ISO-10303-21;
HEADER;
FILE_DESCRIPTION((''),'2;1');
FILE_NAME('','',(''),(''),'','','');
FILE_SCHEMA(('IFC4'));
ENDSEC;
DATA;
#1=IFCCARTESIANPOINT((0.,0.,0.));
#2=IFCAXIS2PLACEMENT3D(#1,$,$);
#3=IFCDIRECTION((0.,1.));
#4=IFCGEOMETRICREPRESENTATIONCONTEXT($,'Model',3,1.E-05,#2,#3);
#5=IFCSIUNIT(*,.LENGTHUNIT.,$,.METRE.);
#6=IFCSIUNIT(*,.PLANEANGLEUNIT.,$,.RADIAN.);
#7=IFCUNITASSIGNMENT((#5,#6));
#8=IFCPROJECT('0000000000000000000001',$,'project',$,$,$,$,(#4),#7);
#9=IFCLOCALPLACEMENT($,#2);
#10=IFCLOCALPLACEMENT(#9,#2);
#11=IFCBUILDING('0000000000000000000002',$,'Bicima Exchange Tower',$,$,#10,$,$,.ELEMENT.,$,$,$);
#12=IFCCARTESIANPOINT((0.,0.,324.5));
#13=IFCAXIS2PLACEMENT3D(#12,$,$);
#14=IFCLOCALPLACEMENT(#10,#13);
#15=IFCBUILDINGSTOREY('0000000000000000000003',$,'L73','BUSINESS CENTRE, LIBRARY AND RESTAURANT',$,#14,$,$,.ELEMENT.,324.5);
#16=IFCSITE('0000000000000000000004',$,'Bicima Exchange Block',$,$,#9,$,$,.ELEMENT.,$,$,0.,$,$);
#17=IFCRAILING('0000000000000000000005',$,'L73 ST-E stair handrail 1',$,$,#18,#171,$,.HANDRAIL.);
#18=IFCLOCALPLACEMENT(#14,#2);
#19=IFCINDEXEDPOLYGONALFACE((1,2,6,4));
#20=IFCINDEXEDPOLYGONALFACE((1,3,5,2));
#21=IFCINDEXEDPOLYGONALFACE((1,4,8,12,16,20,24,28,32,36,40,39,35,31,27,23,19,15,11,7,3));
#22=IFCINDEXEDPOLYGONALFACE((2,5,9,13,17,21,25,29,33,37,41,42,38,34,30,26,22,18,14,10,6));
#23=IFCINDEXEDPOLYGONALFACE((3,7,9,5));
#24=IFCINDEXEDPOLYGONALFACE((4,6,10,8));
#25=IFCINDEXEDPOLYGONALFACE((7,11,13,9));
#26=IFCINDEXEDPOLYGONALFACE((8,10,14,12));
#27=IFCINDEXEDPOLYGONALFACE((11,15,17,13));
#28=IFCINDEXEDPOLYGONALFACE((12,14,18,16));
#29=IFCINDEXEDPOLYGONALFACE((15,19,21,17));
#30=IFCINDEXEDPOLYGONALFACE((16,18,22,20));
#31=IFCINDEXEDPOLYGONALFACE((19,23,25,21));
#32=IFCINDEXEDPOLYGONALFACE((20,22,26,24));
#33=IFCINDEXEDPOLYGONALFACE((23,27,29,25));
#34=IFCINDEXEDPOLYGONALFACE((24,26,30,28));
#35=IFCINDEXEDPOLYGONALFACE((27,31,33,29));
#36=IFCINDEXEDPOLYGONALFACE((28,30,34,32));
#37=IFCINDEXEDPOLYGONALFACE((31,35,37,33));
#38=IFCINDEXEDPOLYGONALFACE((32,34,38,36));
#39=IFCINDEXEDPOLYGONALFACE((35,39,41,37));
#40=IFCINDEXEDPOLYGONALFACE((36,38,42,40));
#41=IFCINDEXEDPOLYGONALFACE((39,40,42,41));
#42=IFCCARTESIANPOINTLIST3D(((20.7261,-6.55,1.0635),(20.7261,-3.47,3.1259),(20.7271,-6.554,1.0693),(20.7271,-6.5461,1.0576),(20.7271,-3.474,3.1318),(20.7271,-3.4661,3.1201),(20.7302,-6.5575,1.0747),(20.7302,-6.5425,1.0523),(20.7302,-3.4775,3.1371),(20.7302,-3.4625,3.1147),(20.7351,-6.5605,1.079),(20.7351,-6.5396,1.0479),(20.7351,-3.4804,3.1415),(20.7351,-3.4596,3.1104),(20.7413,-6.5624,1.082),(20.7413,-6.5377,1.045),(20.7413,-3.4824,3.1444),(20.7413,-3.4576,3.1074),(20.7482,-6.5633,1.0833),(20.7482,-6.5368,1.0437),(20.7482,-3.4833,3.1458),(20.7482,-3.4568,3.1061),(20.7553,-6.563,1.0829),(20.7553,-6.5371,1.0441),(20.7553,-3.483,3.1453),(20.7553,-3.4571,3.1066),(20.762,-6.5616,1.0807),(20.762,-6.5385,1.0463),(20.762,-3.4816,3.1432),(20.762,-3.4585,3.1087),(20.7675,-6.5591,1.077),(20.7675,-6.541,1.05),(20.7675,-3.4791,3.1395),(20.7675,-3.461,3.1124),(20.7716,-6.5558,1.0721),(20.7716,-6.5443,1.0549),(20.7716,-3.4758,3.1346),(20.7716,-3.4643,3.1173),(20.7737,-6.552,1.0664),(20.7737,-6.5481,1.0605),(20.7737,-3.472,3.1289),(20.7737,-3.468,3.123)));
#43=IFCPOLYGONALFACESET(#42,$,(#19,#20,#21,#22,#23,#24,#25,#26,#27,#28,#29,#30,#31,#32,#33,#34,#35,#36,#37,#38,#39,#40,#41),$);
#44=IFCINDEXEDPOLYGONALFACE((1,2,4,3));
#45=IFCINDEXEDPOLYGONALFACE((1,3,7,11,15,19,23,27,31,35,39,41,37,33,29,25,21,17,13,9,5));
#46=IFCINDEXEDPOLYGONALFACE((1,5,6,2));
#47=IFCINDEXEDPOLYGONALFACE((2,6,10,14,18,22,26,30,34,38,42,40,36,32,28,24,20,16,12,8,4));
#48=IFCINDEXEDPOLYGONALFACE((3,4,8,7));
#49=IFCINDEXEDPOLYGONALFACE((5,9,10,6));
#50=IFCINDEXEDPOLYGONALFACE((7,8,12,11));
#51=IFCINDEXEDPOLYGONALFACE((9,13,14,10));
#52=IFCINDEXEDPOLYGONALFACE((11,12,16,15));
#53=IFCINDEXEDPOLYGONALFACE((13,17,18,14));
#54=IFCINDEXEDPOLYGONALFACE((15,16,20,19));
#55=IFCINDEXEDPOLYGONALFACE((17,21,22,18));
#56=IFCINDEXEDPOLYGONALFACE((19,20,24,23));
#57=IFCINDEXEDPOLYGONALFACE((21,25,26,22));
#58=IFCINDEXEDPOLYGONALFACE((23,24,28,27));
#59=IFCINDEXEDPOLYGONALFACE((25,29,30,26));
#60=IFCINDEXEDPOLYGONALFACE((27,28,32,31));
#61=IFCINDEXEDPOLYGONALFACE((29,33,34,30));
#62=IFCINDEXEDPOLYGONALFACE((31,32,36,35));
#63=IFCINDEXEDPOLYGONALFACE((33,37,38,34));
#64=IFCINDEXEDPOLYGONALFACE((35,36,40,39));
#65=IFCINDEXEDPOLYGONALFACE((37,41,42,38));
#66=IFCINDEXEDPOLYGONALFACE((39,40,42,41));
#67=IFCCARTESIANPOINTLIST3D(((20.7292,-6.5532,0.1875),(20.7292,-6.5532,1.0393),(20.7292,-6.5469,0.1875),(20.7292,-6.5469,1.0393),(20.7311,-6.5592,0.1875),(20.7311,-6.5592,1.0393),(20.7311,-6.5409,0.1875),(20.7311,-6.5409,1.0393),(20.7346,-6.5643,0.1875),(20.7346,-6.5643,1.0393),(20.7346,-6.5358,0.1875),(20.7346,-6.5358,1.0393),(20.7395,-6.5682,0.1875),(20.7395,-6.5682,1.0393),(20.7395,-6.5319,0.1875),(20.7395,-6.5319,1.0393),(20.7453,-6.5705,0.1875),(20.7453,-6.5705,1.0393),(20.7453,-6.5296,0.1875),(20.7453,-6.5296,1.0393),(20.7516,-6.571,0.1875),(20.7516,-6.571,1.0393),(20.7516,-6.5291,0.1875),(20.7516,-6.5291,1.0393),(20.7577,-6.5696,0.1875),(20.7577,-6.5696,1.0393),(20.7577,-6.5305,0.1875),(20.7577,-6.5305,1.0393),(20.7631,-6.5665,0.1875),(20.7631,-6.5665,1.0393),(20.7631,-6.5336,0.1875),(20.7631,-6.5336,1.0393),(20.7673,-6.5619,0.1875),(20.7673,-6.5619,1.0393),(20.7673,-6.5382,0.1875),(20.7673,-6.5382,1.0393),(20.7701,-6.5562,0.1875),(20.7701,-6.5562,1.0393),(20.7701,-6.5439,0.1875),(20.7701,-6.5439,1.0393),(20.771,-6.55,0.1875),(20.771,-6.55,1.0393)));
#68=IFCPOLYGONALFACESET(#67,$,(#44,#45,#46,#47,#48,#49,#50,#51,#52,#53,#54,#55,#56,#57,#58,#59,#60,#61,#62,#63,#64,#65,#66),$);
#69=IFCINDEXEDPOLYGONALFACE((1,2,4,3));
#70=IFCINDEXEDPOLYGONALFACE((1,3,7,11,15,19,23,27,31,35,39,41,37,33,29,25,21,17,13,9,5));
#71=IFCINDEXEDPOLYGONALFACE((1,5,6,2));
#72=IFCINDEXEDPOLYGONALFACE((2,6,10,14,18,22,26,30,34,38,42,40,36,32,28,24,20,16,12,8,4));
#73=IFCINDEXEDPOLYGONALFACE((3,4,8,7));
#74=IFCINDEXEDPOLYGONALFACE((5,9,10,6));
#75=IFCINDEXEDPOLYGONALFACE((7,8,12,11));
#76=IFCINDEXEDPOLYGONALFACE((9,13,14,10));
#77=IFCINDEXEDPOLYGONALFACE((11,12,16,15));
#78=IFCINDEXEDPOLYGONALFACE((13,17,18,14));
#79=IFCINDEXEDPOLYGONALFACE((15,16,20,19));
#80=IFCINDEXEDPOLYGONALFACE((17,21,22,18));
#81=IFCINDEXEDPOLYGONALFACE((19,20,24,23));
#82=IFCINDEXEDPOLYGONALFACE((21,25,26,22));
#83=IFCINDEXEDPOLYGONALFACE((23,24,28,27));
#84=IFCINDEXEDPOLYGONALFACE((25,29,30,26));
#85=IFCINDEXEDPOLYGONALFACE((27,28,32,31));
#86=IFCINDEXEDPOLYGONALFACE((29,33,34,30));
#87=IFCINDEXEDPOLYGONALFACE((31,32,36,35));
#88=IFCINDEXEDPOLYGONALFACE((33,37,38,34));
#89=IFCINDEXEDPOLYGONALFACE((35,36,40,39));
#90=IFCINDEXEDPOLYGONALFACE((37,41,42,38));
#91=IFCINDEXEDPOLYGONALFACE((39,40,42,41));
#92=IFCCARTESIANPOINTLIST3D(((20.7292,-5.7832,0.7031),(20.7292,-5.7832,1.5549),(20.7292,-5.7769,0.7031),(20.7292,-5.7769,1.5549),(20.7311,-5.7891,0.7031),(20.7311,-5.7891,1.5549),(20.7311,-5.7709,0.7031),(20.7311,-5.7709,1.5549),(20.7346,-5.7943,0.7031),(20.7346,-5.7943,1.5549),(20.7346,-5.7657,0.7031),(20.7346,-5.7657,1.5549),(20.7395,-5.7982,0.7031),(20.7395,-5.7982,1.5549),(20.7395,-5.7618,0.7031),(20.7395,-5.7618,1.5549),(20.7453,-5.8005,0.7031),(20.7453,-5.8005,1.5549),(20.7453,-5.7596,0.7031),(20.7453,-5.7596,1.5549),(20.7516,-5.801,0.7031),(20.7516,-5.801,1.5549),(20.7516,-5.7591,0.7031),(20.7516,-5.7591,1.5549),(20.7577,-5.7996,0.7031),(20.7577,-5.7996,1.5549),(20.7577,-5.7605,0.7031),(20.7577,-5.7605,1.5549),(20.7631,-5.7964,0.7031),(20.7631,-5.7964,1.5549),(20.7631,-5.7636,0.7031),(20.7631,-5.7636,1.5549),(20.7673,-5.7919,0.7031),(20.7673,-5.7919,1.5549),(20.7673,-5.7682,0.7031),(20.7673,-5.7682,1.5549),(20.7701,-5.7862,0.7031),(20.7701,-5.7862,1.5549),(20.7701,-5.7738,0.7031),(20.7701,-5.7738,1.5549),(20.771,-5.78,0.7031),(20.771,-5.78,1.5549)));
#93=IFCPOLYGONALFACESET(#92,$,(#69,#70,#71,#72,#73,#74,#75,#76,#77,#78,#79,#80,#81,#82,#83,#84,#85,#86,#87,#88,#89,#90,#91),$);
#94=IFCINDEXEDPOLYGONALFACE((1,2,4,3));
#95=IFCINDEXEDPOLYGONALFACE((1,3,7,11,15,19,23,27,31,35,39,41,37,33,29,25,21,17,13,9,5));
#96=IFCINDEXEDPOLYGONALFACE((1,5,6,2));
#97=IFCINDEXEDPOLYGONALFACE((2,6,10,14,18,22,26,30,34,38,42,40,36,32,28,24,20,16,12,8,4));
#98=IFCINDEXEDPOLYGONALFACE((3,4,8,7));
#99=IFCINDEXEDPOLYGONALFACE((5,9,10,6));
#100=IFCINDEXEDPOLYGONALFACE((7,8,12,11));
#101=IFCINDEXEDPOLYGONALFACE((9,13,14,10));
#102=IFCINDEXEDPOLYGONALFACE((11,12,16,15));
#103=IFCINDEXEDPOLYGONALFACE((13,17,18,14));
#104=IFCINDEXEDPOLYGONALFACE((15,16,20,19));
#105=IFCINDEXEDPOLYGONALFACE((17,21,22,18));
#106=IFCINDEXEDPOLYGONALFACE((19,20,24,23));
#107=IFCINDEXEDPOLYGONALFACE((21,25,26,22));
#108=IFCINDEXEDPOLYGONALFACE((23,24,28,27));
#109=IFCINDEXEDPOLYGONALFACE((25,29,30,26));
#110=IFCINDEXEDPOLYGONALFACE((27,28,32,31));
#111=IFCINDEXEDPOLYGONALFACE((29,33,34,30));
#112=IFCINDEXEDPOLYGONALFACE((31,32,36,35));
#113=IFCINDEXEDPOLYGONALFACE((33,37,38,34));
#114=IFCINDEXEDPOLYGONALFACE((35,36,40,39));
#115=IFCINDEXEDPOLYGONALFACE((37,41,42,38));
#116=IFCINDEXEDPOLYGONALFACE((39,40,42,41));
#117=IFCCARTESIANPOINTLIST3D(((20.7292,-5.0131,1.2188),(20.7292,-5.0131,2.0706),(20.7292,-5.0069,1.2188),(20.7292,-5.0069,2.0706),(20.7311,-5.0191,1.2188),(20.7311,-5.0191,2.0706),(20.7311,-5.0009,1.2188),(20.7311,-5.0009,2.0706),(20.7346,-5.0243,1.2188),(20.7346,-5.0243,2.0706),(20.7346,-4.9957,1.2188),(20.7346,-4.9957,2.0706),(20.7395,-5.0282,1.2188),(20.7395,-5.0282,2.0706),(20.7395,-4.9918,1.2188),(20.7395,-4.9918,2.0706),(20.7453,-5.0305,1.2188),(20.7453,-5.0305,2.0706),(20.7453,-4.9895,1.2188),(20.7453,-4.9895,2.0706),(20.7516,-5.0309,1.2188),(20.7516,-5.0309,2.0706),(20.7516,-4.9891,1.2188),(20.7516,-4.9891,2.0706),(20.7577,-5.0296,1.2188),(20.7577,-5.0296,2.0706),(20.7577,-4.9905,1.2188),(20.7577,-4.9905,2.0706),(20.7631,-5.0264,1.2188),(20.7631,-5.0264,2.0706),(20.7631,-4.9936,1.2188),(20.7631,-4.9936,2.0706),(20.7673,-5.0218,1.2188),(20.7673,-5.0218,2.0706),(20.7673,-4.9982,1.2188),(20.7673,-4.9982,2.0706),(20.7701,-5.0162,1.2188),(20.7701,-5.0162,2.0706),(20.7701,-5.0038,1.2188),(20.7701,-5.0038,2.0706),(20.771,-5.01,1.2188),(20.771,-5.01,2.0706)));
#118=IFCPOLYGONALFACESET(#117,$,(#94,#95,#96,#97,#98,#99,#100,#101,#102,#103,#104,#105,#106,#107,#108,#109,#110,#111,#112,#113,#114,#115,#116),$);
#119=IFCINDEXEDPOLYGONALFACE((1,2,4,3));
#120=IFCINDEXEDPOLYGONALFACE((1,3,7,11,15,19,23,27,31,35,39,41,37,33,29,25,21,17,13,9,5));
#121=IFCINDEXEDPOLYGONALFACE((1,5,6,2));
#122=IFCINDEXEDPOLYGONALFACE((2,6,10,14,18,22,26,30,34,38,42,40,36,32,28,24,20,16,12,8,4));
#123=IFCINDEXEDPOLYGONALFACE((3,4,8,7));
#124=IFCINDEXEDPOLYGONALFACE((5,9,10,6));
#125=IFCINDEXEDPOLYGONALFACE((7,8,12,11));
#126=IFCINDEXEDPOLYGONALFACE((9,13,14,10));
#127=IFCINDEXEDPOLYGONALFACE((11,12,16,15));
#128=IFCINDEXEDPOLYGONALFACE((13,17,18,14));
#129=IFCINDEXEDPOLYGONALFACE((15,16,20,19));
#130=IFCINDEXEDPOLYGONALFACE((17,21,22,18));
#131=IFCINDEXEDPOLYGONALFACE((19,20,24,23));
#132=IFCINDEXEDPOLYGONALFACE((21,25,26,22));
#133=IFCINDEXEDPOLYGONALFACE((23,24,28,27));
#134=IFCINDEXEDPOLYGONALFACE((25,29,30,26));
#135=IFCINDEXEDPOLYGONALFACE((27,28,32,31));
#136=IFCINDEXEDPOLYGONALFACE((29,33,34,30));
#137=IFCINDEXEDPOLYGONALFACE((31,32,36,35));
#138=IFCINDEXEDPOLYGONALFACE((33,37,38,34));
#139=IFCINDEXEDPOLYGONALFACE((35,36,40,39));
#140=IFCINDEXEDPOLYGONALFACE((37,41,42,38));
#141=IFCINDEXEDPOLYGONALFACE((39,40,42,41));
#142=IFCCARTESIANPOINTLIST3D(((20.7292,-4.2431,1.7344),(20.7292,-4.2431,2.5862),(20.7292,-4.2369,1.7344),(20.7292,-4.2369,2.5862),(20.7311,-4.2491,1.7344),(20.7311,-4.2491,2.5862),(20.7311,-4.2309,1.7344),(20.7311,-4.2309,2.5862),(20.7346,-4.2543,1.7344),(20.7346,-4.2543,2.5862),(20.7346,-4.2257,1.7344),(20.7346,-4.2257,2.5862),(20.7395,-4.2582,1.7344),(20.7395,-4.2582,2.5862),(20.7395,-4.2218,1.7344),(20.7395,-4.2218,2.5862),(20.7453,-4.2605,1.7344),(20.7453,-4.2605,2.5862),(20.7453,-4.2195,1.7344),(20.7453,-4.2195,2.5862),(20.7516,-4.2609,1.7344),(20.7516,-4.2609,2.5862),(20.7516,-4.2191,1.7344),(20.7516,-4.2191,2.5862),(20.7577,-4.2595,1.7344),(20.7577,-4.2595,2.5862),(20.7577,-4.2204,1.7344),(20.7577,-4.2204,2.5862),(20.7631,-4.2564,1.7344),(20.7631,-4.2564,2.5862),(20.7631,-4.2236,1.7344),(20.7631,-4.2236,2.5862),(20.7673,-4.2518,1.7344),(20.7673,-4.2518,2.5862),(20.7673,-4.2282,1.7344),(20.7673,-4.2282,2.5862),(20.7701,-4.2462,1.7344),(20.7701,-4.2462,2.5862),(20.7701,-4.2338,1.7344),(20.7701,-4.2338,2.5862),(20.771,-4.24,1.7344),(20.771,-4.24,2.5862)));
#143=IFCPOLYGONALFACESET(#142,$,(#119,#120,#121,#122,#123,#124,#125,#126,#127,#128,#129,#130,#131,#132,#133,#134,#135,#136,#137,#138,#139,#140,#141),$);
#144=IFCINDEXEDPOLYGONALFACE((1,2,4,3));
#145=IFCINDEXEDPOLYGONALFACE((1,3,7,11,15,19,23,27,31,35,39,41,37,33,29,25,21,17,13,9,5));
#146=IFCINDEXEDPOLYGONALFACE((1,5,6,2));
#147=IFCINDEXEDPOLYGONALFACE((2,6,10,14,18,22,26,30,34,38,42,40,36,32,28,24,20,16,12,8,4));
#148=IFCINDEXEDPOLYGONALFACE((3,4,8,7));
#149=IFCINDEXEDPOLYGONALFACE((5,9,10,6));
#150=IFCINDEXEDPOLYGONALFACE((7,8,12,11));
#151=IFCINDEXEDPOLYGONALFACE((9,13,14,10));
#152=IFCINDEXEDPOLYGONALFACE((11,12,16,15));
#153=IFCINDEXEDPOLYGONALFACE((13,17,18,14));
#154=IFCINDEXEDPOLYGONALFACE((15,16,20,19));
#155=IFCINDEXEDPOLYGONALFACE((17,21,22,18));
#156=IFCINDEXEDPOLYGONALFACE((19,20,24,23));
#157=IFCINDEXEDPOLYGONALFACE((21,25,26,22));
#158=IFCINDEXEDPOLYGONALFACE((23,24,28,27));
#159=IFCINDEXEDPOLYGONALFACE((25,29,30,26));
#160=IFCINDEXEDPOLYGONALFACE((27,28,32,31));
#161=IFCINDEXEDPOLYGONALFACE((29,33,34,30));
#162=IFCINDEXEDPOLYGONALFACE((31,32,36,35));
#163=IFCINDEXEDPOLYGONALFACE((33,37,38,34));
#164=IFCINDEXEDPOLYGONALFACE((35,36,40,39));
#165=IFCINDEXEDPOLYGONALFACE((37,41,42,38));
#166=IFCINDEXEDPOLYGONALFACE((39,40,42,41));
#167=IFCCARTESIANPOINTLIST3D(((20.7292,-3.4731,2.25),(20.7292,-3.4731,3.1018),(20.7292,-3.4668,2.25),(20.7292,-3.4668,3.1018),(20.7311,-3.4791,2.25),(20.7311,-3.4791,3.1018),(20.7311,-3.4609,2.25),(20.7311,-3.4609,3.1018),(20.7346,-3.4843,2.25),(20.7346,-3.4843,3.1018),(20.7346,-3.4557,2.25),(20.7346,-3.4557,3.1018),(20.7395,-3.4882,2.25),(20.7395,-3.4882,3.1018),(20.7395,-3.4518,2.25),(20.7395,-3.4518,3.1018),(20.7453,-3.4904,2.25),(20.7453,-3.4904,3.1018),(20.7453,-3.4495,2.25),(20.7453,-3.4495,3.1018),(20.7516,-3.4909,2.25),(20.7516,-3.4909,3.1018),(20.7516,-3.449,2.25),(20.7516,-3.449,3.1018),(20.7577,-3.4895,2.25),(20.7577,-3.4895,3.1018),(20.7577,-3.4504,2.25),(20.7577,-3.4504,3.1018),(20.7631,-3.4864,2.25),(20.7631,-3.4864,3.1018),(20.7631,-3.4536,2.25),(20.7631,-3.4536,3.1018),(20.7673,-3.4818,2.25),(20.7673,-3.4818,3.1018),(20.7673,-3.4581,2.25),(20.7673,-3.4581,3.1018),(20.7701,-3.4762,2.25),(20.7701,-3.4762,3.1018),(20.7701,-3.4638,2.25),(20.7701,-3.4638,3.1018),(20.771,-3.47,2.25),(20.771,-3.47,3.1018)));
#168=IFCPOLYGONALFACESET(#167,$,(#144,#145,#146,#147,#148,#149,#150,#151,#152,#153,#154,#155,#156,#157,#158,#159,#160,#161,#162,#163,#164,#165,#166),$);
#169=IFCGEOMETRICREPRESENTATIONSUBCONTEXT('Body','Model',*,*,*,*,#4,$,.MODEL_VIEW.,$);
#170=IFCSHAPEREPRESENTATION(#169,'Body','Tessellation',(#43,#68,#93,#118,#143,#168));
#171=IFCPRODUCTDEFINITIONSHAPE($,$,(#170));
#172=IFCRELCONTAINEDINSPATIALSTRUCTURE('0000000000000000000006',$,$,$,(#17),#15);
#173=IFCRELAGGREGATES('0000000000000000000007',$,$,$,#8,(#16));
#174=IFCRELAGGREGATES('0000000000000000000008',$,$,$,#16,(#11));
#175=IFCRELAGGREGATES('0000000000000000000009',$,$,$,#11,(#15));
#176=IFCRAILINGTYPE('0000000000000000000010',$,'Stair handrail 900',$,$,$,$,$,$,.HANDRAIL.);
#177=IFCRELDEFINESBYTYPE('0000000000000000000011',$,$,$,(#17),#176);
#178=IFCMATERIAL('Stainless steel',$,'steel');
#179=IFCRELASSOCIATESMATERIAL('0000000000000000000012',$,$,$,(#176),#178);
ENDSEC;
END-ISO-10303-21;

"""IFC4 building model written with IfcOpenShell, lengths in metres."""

from ifc_helpers import new_model, si_unit, direction, frame, origin, origin_2d, place, context, subcontext, project, spatial, circle, extrude, material, type_object, element, save


model = new_model("IFC4")

# Units and contexts
model_context = context("Model", 3, precision=1e-05, world=origin(), true_north=direction((0.0, 1.0)))
body_context = subcontext(model_context, "Body", "Model", "MODEL_VIEW")
ifc_project = project(units=[si_unit("LENGTHUNIT", "METRE"), si_unit("PLANEANGLEUNIT", "RADIAN")], contexts=[model_context])

# Site, building, storey
site_placement = place(None, origin())
site = spatial("IfcSite", under=ifc_project, at=site_placement, Name="Bicima Exchange Block", CompositionType="ELEMENT", RefElevation=0.0)
building_placement = place(site_placement, origin())
building = spatial("IfcBuilding", under=site, at=building_placement, Name="Bicima Exchange Tower", CompositionType="ELEMENT")
storey_placement = place(building_placement, frame((0.0, 0.0, 324.5)))
storey = spatial("IfcBuildingStorey", under=building, at=storey_placement, Name="L73", Description="BUSINESS CENTRE, LIBRARY AND RESTAURANT", CompositionType="ELEMENT", Elevation=324.5)

# Railing
ifc_material_1 = material(Name="Stainless steel", Category="steel")
railing_type_1 = type_object("IfcRailingType", Name="Stair handrail 900", PredefinedType="HANDRAIL", material=ifc_material_1)
railing_1_placement = place(storey_placement, frame((20.75, -6.55, 0.1875)))
element("IfcRailing", 1, at=railing_1_placement, inside=storey, type_object=railing_type_1, Name="L73 ST-E stair handrail 1", PredefinedType="HANDRAIL", context=body_context, shape_type="SweptSolid", body=[
    extrude(circle(Radius=0.0239, at=origin_2d()), frame((0.0, 0.0, 0.876), z_axis=(0.0, 0.830914, 0.556401), x_axis=(-1.0, 0.0, 0.0)), (0.0, 0.0, 1.0), 3.7068),
    extrude(circle(Radius=0.021, at=origin_2d()), origin(), (0.0, 0.0, 1.0), 0.8518),
    extrude(circle(Radius=0.021, at=origin_2d()), frame((0.0, 0.77, 0.5156)), (0.0, 0.0, 1.0), 0.8518),
    extrude(circle(Radius=0.021, at=origin_2d()), frame((0.0, 1.54, 1.0312)), (0.0, 0.0, 1.0), 0.8518),
    extrude(circle(Radius=0.021, at=origin_2d()), frame((0.0, 2.3101, 1.5469)), (0.0, 0.0, 1.0), 0.8518),
    extrude(circle(Radius=0.021, at=origin_2d()), frame((0.0, 3.0801, 2.0625)), (0.0, 0.0, 1.0), 0.8518),
])

save(model, "model.ifc")
